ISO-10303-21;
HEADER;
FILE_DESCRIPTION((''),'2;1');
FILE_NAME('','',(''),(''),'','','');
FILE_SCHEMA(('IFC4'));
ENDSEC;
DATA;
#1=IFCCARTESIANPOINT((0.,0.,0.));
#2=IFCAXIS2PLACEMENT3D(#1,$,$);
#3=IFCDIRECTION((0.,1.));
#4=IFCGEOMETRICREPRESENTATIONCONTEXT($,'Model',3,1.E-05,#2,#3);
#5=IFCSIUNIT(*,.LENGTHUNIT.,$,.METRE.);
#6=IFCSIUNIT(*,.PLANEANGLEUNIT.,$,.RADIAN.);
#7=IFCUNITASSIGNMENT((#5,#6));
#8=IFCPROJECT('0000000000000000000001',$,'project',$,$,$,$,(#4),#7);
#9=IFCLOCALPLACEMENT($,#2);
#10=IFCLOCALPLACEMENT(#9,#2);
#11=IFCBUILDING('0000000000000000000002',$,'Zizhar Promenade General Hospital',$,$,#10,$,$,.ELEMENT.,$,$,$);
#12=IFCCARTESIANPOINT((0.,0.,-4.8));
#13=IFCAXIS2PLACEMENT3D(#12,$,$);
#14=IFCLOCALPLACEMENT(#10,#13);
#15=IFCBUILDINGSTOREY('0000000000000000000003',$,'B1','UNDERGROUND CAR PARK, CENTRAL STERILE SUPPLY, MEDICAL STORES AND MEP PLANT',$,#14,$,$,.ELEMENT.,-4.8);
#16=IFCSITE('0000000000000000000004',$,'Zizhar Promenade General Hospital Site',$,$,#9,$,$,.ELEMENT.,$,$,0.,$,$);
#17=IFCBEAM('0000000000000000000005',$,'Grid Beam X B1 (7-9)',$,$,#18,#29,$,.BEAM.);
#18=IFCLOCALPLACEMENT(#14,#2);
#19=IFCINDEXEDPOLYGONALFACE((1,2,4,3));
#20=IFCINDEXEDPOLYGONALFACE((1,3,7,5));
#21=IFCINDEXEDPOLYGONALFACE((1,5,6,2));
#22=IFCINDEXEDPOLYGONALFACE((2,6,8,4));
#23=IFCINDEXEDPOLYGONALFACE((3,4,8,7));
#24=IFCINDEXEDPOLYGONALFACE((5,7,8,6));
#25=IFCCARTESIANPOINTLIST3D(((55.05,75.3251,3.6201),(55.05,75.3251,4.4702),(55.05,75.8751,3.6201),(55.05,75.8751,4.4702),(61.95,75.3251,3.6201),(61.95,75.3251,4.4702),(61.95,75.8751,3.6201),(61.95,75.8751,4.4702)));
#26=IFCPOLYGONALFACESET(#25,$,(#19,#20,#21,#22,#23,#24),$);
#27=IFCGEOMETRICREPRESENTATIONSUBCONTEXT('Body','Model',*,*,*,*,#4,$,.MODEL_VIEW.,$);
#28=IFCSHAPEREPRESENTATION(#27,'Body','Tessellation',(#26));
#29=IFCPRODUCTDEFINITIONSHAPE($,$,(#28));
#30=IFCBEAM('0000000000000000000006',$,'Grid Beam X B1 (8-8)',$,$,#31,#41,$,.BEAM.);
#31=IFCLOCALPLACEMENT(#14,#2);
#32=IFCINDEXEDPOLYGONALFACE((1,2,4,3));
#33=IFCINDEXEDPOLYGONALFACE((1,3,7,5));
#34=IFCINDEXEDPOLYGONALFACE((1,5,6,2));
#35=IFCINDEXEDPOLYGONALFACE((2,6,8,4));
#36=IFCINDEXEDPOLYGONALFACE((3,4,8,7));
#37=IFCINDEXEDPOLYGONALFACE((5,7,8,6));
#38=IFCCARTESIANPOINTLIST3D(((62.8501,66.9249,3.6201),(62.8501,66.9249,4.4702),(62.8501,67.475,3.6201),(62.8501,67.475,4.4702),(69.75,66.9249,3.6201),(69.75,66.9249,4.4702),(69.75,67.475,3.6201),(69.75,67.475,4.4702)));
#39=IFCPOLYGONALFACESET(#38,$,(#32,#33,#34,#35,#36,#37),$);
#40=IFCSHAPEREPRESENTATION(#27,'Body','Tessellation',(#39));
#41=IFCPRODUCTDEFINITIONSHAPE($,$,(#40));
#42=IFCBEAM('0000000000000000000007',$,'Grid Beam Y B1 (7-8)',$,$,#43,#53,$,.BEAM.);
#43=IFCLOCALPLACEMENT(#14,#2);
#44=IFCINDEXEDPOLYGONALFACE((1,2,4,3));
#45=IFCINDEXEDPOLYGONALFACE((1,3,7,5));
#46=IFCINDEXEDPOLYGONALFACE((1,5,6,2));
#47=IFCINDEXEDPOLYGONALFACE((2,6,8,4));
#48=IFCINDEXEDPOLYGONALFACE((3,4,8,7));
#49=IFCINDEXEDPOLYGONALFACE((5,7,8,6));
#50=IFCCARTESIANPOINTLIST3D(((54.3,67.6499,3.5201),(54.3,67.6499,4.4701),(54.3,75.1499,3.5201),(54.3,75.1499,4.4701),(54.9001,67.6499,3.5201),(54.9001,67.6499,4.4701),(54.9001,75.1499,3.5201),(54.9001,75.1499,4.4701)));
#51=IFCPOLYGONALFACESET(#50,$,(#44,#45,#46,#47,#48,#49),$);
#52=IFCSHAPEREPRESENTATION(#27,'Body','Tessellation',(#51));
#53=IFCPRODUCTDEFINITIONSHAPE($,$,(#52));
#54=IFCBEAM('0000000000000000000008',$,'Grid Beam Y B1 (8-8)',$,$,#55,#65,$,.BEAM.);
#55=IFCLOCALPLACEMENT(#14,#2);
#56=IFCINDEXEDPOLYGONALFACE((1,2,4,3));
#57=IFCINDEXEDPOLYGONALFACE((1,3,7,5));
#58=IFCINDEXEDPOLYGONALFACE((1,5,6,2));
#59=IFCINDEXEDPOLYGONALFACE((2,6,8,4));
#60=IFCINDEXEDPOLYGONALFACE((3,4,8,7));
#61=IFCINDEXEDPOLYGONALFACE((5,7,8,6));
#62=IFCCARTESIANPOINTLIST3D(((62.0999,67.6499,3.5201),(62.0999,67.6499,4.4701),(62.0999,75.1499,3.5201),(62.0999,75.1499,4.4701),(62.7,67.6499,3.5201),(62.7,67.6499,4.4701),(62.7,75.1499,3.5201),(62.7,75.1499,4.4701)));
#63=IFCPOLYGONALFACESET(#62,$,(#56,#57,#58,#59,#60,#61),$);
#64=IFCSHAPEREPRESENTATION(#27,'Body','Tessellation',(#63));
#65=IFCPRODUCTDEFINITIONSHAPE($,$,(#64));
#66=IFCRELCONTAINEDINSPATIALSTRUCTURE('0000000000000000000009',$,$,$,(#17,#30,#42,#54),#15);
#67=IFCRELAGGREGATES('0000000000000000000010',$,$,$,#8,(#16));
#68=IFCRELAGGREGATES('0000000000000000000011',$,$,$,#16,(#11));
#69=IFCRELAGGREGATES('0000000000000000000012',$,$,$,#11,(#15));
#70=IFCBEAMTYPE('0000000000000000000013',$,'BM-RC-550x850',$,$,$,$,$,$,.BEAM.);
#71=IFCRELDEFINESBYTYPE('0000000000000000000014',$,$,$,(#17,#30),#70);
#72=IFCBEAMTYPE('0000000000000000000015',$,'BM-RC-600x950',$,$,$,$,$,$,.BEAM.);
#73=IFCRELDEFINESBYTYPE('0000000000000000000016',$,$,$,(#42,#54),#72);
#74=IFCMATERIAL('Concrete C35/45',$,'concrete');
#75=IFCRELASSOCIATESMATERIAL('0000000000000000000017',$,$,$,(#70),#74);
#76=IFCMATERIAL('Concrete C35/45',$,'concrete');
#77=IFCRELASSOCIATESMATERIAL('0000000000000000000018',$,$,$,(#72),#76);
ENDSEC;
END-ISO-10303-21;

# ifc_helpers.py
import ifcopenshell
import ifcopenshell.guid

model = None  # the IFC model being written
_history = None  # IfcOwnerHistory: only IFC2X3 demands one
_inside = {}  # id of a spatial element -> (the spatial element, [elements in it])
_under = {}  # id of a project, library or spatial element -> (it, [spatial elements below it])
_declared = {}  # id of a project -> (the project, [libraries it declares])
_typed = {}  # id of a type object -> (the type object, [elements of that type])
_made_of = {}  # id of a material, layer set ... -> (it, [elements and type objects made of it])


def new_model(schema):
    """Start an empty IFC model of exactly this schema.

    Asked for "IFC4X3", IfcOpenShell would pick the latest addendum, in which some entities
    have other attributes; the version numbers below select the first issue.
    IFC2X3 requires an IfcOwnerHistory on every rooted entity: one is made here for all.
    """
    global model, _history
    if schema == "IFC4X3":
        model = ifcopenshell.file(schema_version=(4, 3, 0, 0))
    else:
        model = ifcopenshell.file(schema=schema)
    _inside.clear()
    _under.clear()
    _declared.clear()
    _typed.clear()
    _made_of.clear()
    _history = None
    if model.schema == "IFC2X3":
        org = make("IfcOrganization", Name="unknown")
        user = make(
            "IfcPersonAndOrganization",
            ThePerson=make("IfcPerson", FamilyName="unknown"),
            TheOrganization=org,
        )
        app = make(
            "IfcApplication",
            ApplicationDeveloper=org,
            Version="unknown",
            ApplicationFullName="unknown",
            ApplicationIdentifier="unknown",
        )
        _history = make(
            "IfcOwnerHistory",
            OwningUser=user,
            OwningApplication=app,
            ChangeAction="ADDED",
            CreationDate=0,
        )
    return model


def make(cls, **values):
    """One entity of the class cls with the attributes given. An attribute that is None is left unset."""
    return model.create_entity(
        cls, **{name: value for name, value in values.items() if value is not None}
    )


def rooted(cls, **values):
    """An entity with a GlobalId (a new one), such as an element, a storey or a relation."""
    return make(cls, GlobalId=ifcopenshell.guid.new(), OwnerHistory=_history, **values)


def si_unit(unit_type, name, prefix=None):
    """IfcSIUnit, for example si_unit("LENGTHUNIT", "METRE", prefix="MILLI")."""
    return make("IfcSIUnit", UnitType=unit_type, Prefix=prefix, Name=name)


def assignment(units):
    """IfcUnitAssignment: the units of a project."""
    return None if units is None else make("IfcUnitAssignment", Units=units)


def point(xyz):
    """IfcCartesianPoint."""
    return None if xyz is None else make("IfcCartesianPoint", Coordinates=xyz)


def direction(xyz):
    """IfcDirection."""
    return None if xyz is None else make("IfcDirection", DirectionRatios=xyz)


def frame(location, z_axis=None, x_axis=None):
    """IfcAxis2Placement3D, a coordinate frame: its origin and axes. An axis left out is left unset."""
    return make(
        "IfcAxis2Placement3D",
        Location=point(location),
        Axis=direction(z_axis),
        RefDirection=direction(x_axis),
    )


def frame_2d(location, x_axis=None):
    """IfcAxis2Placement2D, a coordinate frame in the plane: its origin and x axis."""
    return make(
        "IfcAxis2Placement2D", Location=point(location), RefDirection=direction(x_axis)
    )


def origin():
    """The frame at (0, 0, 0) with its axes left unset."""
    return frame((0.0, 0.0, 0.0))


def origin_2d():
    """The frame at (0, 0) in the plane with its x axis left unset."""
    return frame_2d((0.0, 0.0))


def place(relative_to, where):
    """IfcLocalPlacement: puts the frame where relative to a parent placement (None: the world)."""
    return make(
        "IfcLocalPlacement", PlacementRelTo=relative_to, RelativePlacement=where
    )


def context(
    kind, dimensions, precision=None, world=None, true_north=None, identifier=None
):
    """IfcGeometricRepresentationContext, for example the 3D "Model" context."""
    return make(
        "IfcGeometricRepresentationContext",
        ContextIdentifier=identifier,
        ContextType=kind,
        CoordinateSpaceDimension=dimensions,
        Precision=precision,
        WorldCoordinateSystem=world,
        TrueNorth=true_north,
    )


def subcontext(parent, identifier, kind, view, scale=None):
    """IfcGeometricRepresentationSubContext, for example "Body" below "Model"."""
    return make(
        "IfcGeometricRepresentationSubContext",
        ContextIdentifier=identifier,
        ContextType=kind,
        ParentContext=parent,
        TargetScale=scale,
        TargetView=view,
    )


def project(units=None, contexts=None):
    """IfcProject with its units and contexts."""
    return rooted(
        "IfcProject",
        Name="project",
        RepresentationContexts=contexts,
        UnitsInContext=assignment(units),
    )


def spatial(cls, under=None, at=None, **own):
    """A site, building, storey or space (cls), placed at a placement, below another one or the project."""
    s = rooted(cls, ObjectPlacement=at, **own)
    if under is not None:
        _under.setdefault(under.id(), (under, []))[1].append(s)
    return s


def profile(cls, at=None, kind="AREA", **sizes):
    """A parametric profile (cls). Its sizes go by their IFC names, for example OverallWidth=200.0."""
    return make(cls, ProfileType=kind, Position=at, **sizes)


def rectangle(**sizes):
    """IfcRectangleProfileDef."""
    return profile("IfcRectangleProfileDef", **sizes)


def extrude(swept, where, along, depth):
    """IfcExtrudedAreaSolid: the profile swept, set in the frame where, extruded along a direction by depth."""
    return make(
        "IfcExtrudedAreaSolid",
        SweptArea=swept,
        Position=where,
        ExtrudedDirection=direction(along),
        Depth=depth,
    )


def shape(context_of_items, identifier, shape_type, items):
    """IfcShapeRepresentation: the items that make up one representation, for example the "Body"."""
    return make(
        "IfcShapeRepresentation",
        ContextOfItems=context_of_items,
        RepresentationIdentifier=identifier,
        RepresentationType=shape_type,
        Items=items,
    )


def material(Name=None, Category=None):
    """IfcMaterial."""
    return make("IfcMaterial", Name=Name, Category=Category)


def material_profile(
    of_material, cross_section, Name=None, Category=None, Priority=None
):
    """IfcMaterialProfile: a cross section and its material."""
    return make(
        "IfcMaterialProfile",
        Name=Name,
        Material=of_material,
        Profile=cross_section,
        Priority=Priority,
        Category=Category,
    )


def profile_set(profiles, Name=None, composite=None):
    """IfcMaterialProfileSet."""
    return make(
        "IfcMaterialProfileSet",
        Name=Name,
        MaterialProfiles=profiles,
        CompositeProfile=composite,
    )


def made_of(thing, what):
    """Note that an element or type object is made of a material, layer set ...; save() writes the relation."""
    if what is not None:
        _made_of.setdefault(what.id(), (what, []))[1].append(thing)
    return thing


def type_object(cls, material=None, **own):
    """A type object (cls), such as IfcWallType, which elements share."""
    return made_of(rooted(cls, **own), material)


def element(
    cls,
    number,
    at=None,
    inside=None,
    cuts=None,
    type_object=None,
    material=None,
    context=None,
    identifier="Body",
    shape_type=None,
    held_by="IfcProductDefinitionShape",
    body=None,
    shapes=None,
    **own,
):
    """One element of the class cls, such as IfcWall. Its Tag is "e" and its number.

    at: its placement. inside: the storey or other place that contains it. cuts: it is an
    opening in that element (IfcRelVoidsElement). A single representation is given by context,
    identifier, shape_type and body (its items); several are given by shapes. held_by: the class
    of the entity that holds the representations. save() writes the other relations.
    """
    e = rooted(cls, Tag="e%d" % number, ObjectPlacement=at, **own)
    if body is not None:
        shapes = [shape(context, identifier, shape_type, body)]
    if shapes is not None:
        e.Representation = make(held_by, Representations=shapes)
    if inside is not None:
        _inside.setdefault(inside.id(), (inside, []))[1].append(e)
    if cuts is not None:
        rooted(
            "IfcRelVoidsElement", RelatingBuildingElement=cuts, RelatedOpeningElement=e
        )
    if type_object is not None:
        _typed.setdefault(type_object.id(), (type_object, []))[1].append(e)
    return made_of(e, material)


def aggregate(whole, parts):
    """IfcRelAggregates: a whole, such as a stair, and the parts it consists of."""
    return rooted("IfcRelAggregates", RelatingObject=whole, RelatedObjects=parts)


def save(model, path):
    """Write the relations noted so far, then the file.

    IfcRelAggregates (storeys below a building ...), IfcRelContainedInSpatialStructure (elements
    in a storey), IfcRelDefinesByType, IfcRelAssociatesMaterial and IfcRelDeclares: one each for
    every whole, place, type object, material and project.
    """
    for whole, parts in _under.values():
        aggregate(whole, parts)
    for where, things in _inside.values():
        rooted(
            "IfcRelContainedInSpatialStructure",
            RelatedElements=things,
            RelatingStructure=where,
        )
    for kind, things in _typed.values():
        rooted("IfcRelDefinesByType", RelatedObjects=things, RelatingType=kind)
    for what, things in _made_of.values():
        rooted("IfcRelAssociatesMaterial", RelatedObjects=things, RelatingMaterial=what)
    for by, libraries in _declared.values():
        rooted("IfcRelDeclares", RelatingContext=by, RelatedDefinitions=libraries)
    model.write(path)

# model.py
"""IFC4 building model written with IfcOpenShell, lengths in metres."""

from ifc_helpers import new_model, si_unit, direction, frame, origin, origin_2d, place, context, subcontext, project, spatial, rectangle, extrude, material, material_profile, profile_set, type_object, element, save


model = new_model("IFC4")

# Units and contexts
model_context = context("Model", 3, precision=1e-05, world=origin(), true_north=direction((0.0, 1.0)))
body_context = subcontext(model_context, "Body", "Model", "MODEL_VIEW")
ifc_project = project(units=[si_unit("LENGTHUNIT", "METRE"), si_unit("PLANEANGLEUNIT", "RADIAN")], contexts=[model_context])

# Site, building, storey
site_placement = place(None, origin())
site = spatial("IfcSite", under=ifc_project, at=site_placement, Name="Zizhar Promenade General Hospital Site", CompositionType="ELEMENT", RefElevation=0.0)
building_placement = place(site_placement, origin())
building = spatial("IfcBuilding", under=site, at=building_placement, Name="Zizhar Promenade General Hospital", CompositionType="ELEMENT")
storey_placement = place(building_placement, frame((0.0, 0.0, -4.8)))
storey = spatial("IfcBuildingStorey", under=building, at=storey_placement, Name="B1", Description="UNDERGROUND CAR PARK, CENTRAL STERILE SUPPLY, MEDICAL STORES AND MEP PLANT", CompositionType="ELEMENT", Elevation=-4.8)

# Beams
ifc_material_1 = material(Name="Concrete C35/45", Category="concrete")
ifc_material_profile_1 = material_profile(ifc_material_1, rectangle(XDim=0.55, YDim=0.8501, at=origin_2d()))
ifc_profile_set_1 = profile_set([ifc_material_profile_1], Name="Concrete C35/45")
beam_type_1 = type_object("IfcBeamType", Name="BM-RC-550x850", PredefinedType="BEAM", material=ifc_profile_set_1)
for number, where, z_axis, x_axis, name in (
    (1, (55.05, 75.6001, 4.0452), (1.0, 0.0, 0.0), (0.0, 1.0, 0.0), "Grid Beam X B1 (7-9)"),
    (2, (62.8501, 67.2, 4.0452), (1.0, 0.0, 0.0), (0.0, 1.0, 0.0), "Grid Beam X B1 (8-8)"),
):
    element("IfcBeam", number, at=place(storey_placement, frame(where, z_axis=z_axis, x_axis=x_axis)), inside=storey, type_object=beam_type_1, Name=name, PredefinedType="BEAM", context=body_context, shape_type="SweptSolid", body=[
        extrude(rectangle(XDim=0.55, YDim=0.8501, at=origin_2d()), origin(), (0.0, 0.0, 1.0), 6.8999),
    ])
ifc_material_2 = material(Name="Concrete C35/45", Category="concrete")
ifc_material_profile_2 = material_profile(ifc_material_2, rectangle(XDim=0.6001, YDim=0.95, at=origin_2d()))
ifc_profile_set_2 = profile_set([ifc_material_profile_2], Name="Concrete C35/45")
beam_type_2 = type_object("IfcBeamType", Name="BM-RC-600x950", PredefinedType="BEAM", material=ifc_profile_set_2)
for number, where, z_axis, x_axis, name in (
    (3, (54.6001, 67.6499, 3.9951), (0.0, 1.0, 0.0), (-1.0, 0.0, 0.0), "Grid Beam Y B1 (7-8)"),
    (4, (62.3999, 67.6499, 3.9951), (0.0, 1.0, 0.0), (-1.0, 0.0, 0.0), "Grid Beam Y B1 (8-8)"),
):
    element("IfcBeam", number, at=place(storey_placement, frame(where, z_axis=z_axis, x_axis=x_axis)), inside=storey, type_object=beam_type_2, Name=name, PredefinedType="BEAM", context=body_context, shape_type="SweptSolid", body=[
        extrude(rectangle(XDim=0.6001, YDim=0.95, at=origin_2d()), origin(), (0.0, 0.0, 1.0), 7.5),
    ])

save(model, "model.ifc")
